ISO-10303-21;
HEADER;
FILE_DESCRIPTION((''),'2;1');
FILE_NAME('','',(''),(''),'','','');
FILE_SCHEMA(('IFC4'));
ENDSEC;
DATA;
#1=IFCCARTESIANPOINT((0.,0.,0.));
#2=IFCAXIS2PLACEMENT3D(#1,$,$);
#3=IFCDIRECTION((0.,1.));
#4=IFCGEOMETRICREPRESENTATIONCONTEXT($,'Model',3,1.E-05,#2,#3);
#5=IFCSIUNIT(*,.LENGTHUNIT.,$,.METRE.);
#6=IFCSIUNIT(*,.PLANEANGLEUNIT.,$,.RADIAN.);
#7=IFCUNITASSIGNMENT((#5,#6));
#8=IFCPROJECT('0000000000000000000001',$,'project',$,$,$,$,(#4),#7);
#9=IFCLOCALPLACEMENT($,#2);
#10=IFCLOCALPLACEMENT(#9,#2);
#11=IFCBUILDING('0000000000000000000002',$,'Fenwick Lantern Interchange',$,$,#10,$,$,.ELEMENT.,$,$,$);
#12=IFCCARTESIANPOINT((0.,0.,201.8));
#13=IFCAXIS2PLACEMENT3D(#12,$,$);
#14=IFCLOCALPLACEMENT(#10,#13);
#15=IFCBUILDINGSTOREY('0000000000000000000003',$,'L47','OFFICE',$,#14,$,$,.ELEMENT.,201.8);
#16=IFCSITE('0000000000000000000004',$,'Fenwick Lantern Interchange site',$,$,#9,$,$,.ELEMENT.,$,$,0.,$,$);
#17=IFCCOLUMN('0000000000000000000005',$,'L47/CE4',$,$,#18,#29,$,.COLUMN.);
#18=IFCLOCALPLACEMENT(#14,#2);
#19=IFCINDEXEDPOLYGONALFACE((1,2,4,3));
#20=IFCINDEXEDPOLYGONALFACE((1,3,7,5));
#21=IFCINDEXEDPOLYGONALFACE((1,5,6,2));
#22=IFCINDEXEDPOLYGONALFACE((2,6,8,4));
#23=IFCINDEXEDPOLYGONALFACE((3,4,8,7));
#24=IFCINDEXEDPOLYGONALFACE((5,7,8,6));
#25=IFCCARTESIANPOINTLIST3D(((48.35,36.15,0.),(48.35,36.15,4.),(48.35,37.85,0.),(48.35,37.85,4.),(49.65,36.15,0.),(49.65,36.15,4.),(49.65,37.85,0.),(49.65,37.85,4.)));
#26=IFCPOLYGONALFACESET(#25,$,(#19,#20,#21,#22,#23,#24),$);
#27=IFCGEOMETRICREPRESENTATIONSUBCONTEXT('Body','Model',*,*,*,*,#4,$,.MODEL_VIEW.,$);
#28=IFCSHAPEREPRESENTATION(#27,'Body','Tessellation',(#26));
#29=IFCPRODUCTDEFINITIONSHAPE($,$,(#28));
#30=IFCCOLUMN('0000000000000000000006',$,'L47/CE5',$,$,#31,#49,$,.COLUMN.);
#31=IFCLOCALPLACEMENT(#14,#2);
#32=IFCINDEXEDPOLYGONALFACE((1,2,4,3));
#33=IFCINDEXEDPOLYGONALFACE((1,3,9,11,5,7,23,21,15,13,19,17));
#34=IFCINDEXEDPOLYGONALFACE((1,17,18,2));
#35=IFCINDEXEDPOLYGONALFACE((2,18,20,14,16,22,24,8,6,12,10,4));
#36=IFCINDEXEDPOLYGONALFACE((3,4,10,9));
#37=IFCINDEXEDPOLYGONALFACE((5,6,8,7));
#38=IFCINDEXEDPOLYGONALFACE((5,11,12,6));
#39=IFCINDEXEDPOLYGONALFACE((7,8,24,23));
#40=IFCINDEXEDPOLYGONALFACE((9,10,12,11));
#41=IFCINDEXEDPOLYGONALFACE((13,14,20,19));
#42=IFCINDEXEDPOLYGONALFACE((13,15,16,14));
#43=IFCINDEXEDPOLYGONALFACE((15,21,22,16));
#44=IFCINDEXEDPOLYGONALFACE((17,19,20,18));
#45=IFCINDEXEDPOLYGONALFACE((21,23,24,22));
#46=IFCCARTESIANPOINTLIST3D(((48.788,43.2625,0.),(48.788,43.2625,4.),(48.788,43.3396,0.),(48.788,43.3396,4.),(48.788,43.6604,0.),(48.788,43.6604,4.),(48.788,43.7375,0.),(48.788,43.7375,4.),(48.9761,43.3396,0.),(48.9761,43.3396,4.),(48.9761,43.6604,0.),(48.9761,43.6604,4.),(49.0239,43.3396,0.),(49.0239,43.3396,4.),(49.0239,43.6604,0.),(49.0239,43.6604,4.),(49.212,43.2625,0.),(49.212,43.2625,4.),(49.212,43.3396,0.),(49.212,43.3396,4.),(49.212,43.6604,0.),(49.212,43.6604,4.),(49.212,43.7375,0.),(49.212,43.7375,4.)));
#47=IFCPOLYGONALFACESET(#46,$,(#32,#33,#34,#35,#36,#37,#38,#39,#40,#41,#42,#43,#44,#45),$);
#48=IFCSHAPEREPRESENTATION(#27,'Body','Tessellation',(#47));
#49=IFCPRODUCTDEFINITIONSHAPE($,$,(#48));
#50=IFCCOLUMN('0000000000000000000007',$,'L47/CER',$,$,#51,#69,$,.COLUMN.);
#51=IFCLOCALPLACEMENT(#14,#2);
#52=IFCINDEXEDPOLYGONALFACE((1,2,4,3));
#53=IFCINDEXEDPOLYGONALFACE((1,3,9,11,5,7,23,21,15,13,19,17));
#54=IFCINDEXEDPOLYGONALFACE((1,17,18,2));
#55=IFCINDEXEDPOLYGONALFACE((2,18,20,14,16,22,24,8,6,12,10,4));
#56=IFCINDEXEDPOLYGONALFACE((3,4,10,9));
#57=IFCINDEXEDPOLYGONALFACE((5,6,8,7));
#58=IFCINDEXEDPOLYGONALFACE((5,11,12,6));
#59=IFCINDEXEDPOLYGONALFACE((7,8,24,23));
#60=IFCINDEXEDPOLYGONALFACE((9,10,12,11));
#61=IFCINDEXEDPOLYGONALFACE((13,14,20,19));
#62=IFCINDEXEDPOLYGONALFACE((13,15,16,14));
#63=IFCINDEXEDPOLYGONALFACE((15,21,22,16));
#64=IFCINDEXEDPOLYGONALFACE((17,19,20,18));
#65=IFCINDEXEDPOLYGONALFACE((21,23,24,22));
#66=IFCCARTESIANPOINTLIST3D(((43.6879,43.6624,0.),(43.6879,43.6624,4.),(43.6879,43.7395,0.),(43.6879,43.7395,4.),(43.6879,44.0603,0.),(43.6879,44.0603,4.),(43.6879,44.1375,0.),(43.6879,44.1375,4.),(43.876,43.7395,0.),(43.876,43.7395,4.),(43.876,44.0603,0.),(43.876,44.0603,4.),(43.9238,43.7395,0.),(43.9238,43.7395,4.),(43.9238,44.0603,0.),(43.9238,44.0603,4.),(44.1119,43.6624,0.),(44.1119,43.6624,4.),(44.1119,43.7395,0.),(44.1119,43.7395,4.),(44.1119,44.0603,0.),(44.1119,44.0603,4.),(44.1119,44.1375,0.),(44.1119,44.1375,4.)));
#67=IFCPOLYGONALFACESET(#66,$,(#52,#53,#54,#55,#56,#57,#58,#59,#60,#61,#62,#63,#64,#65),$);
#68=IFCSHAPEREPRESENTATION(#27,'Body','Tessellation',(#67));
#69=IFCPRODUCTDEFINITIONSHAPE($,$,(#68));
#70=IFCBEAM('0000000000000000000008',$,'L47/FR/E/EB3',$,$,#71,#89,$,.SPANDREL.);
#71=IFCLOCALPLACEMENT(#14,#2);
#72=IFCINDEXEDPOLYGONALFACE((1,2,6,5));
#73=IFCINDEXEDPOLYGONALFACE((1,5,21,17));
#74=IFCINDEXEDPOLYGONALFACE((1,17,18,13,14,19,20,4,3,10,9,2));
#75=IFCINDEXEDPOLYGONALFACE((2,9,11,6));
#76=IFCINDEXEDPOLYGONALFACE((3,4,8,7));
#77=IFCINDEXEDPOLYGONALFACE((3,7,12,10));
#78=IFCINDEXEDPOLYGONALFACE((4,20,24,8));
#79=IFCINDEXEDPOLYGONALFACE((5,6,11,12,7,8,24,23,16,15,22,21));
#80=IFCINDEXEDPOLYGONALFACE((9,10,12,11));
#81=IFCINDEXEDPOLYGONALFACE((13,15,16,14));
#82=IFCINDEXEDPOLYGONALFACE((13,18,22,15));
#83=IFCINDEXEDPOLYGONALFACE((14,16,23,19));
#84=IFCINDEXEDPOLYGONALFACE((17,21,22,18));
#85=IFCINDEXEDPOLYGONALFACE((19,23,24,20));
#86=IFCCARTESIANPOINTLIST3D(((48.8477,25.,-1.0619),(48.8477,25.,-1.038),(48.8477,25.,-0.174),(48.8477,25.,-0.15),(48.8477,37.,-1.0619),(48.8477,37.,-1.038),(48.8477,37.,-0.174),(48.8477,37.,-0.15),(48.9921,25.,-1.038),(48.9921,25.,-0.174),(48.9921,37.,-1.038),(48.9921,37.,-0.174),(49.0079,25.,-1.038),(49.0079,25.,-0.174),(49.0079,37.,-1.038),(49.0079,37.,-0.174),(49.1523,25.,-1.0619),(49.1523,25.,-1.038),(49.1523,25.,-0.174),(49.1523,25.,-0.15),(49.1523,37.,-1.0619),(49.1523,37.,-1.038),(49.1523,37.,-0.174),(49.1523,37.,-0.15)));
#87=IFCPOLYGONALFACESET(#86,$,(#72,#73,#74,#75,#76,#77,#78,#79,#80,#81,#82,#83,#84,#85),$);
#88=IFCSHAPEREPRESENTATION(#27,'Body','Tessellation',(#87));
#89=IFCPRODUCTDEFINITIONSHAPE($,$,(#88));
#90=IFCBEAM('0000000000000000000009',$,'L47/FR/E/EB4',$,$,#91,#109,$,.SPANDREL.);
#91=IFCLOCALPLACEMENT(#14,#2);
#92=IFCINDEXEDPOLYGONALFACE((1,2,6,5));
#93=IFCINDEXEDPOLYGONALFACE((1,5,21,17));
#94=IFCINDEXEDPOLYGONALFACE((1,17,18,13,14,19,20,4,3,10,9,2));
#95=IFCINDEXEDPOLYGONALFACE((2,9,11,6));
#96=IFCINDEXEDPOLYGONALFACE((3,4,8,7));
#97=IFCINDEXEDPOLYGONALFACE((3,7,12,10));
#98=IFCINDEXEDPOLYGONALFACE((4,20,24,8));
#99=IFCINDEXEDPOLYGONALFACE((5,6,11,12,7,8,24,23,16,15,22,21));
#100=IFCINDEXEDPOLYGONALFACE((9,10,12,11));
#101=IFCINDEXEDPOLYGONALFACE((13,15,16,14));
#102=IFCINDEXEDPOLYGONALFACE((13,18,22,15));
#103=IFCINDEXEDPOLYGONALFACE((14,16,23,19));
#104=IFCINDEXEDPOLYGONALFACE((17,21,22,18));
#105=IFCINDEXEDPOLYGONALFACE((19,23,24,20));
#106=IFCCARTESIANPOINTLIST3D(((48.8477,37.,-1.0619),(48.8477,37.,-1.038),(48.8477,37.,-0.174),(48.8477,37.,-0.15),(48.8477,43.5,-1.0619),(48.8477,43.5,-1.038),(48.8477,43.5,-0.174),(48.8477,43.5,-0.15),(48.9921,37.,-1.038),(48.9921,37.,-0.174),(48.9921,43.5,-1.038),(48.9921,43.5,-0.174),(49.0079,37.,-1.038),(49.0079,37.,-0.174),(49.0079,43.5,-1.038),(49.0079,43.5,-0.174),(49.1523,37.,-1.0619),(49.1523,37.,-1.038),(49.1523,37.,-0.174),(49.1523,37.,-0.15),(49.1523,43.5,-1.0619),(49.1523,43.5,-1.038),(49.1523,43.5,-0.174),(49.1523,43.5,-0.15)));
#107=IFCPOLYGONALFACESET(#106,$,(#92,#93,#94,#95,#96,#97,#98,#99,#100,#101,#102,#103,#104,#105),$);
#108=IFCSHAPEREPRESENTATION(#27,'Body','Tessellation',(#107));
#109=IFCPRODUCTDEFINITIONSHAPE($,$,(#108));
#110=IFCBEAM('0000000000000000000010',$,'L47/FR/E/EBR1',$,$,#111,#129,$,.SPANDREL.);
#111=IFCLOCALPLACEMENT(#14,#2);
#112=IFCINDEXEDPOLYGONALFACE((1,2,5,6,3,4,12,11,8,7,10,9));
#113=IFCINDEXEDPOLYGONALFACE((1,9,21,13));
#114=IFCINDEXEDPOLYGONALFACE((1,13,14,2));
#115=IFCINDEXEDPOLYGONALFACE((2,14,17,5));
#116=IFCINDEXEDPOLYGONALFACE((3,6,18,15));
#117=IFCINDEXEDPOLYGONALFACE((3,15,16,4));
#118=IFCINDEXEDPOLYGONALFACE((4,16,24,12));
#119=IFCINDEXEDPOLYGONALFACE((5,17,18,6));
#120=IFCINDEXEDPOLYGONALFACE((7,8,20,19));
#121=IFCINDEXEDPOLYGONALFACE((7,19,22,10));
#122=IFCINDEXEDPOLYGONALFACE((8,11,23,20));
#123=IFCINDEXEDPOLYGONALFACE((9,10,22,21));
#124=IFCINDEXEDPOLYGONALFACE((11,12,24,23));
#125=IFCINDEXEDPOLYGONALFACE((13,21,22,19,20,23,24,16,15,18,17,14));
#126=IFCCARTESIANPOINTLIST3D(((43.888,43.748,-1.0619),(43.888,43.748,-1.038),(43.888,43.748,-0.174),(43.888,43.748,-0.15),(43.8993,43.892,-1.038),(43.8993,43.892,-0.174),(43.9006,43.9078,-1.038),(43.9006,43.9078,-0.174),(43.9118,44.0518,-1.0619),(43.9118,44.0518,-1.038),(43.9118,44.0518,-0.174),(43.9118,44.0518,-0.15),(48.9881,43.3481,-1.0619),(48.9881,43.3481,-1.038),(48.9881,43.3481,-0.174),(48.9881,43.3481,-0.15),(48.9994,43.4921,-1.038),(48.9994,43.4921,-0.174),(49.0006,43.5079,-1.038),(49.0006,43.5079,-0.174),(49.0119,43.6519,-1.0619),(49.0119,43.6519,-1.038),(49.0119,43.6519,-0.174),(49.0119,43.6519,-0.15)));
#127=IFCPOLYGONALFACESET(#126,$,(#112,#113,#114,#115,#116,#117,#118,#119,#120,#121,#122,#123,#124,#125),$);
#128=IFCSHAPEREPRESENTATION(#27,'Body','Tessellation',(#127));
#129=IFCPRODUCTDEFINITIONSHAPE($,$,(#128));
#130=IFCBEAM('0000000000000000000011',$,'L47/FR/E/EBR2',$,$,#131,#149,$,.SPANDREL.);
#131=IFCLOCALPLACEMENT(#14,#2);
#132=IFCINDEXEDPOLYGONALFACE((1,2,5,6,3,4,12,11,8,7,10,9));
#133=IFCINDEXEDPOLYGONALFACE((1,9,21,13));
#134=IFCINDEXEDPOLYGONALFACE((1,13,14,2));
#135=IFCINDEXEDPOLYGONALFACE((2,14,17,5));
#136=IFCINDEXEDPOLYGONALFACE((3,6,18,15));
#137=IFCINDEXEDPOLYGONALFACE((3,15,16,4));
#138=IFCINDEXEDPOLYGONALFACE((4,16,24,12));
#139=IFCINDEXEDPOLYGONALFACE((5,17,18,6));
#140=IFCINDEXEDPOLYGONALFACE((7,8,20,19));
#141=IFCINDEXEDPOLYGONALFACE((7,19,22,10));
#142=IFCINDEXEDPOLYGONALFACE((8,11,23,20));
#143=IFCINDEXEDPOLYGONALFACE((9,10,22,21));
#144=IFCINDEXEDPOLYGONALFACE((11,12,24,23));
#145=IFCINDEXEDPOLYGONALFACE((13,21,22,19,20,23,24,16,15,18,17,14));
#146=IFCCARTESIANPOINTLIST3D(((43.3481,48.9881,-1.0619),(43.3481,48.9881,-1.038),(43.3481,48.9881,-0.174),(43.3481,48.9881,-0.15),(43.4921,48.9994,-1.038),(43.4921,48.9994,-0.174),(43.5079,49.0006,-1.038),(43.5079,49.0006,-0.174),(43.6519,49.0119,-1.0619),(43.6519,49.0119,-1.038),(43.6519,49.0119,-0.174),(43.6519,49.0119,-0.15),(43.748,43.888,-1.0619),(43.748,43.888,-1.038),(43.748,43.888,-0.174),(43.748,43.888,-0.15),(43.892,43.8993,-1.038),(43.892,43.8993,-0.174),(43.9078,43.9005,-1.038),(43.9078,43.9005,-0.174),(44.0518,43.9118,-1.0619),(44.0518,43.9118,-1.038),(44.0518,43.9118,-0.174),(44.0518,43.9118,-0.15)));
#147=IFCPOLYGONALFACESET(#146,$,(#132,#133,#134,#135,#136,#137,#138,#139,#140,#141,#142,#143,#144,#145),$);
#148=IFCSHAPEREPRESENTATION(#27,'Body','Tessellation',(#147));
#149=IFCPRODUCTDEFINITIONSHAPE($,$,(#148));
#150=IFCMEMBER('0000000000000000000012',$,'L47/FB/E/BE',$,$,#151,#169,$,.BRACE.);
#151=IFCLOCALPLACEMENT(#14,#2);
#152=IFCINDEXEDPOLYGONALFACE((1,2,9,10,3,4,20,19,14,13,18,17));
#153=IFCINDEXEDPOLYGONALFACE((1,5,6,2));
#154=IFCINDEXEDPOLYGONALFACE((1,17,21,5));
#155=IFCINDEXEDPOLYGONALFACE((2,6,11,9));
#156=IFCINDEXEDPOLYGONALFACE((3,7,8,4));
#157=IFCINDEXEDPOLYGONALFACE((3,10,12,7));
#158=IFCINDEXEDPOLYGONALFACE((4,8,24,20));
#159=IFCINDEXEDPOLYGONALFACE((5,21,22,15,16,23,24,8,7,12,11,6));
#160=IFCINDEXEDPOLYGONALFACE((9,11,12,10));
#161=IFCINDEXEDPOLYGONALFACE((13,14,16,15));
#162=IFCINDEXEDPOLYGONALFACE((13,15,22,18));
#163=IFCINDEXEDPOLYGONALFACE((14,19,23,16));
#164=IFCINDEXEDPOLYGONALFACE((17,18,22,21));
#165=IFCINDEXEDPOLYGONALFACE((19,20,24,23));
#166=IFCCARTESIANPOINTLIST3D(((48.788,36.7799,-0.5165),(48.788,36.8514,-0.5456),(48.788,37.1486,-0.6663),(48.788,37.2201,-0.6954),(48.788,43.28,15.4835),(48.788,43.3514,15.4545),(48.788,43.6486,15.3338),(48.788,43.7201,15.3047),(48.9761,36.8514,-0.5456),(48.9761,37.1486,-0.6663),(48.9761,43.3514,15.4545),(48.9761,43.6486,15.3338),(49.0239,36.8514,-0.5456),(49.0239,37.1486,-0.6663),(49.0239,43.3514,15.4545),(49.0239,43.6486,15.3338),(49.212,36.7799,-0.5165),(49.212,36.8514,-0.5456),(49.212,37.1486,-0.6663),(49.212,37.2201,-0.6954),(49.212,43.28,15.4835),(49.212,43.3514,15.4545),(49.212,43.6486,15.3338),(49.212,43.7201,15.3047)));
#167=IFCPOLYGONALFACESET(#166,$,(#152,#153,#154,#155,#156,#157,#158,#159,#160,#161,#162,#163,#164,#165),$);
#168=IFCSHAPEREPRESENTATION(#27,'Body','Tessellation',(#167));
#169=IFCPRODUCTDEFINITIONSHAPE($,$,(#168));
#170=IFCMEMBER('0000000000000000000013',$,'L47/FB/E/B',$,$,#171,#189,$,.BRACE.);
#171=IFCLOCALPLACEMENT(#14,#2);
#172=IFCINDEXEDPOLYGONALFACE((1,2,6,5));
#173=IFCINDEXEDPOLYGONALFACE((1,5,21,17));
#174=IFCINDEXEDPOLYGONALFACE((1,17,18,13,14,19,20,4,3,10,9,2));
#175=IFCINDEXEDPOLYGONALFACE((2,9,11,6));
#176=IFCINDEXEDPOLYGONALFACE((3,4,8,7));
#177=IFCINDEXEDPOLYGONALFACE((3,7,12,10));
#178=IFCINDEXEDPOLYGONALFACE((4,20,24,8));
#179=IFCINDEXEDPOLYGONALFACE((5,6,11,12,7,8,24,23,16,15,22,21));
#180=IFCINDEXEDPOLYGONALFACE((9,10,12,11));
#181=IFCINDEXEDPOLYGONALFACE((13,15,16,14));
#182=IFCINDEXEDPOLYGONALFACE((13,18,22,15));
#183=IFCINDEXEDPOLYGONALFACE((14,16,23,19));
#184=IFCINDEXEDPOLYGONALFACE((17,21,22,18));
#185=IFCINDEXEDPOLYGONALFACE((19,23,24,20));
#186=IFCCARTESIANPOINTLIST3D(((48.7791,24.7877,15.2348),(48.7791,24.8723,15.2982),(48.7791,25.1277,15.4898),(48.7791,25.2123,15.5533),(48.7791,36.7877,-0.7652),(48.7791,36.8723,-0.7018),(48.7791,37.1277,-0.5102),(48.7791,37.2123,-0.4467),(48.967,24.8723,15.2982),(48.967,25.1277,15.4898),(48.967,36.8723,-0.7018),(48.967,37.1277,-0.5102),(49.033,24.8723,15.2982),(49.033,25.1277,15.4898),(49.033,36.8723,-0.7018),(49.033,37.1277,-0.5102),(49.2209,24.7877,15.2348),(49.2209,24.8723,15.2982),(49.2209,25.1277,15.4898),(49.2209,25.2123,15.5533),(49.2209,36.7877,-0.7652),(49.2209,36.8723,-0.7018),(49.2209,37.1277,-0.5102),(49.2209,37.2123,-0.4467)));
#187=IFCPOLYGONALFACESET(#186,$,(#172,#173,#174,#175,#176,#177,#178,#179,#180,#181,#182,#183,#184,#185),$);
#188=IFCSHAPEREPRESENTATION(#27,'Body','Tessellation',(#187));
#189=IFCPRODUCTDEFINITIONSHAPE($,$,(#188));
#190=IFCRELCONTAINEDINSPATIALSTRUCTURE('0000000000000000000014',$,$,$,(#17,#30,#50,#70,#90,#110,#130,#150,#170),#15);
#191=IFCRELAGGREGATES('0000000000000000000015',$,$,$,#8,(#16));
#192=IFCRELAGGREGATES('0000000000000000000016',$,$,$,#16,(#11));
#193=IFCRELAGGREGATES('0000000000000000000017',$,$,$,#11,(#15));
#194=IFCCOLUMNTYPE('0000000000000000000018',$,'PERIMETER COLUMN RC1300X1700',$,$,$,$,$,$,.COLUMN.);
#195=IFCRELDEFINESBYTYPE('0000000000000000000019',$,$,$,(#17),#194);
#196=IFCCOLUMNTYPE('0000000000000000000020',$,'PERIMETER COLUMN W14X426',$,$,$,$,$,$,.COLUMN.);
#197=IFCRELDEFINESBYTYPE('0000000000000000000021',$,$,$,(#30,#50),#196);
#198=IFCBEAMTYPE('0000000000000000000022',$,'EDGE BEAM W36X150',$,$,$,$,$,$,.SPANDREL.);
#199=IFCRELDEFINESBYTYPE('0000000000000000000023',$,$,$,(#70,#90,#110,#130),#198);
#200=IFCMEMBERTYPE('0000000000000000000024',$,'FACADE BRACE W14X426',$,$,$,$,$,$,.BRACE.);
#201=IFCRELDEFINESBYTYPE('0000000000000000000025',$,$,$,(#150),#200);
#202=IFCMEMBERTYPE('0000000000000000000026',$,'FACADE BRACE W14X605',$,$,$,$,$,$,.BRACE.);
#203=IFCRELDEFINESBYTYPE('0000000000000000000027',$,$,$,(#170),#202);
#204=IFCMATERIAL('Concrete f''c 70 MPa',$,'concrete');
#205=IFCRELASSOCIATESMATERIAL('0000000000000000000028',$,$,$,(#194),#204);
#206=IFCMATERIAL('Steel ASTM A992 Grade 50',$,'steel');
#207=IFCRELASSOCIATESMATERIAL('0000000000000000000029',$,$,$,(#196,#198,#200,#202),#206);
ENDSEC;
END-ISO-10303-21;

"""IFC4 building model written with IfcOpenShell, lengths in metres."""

from ifc_helpers import new_model, si_unit, direction, frame, origin, origin_2d, place, context, subcontext, project, spatial, rectangle, i_section, extrude, material, material_profile, profile_set, type_object, element, save


model = new_model("IFC4")

# Units and contexts
model_context = context("Model", 3, precision=1e-05, world=origin(), true_north=direction((0.0, 1.0)))
body_context = subcontext(model_context, "Body", "Model", "MODEL_VIEW")
ifc_project = project(units=[si_unit("LENGTHUNIT", "METRE"), si_unit("PLANEANGLEUNIT", "RADIAN")], contexts=[model_context])

# Site, building, storey
site_placement = place(None, origin())
site = spatial("IfcSite", under=ifc_project, at=site_placement, Name="Fenwick Lantern Interchange site", CompositionType="ELEMENT", RefElevation=0.0)
building_placement = place(site_placement, origin())
building = spatial("IfcBuilding", under=site, at=building_placement, Name="Fenwick Lantern Interchange", CompositionType="ELEMENT")
storey_placement = place(building_placement, frame((0.0, 0.0, 201.8)))
storey = spatial("IfcBuildingStorey", under=building, at=storey_placement, Name="L47", Description="OFFICE", CompositionType="ELEMENT", Elevation=201.8)

# Columns
ifc_material_1 = material(Name="Concrete f'c 70 MPa", Category="concrete")
ifc_material_profile_1 = material_profile(ifc_material_1, rectangle(XDim=1.3, YDim=1.7, at=origin_2d()), Name="RC1300X1700")
ifc_profile_set_1 = profile_set([ifc_material_profile_1], Name="Concrete f'c 70 MPa")
column_type_1 = type_object("IfcColumnType", Name="PERIMETER COLUMN RC1300X1700", PredefinedType="COLUMN", material=ifc_profile_set_1)
column_placement = place(storey_placement, frame((49.0, 37.0, 0.0), z_axis=(0.0, 0.0, 1.0), x_axis=(1.0, 0.0, 0.0)))
element("IfcColumn", 1, at=column_placement, inside=storey, type_object=column_type_1, Name="L47/CE4", PredefinedType="COLUMN", context=body_context, shape_type="SweptSolid", body=[
    extrude(rectangle(XDim=1.3, YDim=1.7, at=origin_2d()), origin(), (0.0, 0.0, 1.0), 4.0),
])
ifc_material_2 = material(Name="Steel ASTM A992 Grade 50", Category="steel")
ifc_material_profile_2 = material_profile(ifc_material_2, i_section(OverallWidth=0.4241, OverallDepth=0.4751, WebThickness=0.0479, FlangeThickness=0.0771, at=origin_2d()), Name="W14X426")
ifc_profile_set_2 = profile_set([ifc_material_profile_2], Name="Steel ASTM A992 Grade 50")
column_type_2 = type_object("IfcColumnType", Name="PERIMETER COLUMN W14X426", PredefinedType="COLUMN", material=ifc_profile_set_2)
for number, where, z_axis, x_axis, name in (
    (2, (49.0, 43.5, 0.0), (0.0, 0.0, 1.0), (1.0, 0.0, 0.0), "L47/CE5"),
    (3, (43.8999, 43.8999, 0.0), (0.0, 0.0, 1.0), (1.0, 0.0, 0.0), "L47/CER"),
):
    element("IfcColumn", number, at=place(storey_placement, frame(where, z_axis=z_axis, x_axis=x_axis)), inside=storey, type_object=column_type_2, Name=name, PredefinedType="COLUMN", context=body_context, shape_type="SweptSolid", body=[
        extrude(i_section(OverallWidth=0.4241, OverallDepth=0.4751, WebThickness=0.0479, FlangeThickness=0.0771, at=origin_2d()), origin(), (0.0, 0.0, 1.0), 4.0),
    ])

# Beams
ifc_material_profile_3 = material_profile(ifc_material_2, i_section(OverallWidth=0.3047, OverallDepth=0.9119, WebThickness=0.0159, FlangeThickness=0.0239, at=origin_2d()), Name="W36X150")
ifc_profile_set_3 = profile_set([ifc_material_profile_3], Name="Steel ASTM A992 Grade 50")
beam_type_1 = type_object("IfcBeamType", Name="EDGE BEAM W36X150", PredefinedType="SPANDREL", material=ifc_profile_set_3)
beam_1_placement = place(storey_placement, frame((49.0, 25.0, -0.606), z_axis=(0.0, 1.0, 0.0), x_axis=(-1.0, 0.0, 0.0)))
element("IfcBeam", 4, at=beam_1_placement, inside=storey, type_object=beam_type_1, Name="L47/FR/E/EB3", PredefinedType="SPANDREL", context=body_context, shape_type="SweptSolid", body=[
    extrude(i_section(OverallWidth=0.3047, OverallDepth=0.9119, WebThickness=0.0159, FlangeThickness=0.0239, at=origin_2d()), origin(), (0.0, 0.0, 1.0), 12.0),
])
beam_2_placement = place(storey_placement, frame((49.0, 37.0, -0.606), z_axis=(0.0, 1.0, 0.0), x_axis=(-1.0, 0.0, 0.0)))
element("IfcBeam", 5, at=beam_2_placement, inside=storey, type_object=beam_type_1, Name="L47/FR/E/EB4", PredefinedType="SPANDREL", context=body_context, shape_type="SweptSolid", body=[
    extrude(i_section(OverallWidth=0.3047, OverallDepth=0.9119, WebThickness=0.0159, FlangeThickness=0.0239, at=origin_2d()), origin(), (0.0, 0.0, 1.0), 6.5),
])
for number, where, z_axis, x_axis, name in (
    (6, (49.0, 43.5, -0.606), (-0.99694, 0.078171, 0.0), (-0.078171, -0.99694, 0.0), "L47/FR/E/EBR1"),
    (7, (43.8999, 43.8999, -0.606), (-0.078171, 0.99694, 0.0), (-0.99694, -0.078171, 0.0), "L47/FR/E/EBR2"),
):
    element("IfcBeam", number, at=place(storey_placement, frame(where, z_axis=z_axis, x_axis=x_axis)), inside=storey, type_object=beam_type_1, Name=name, PredefinedType="SPANDREL", context=body_context, shape_type="SweptSolid", body=[
        extrude(i_section(OverallWidth=0.3047, OverallDepth=0.9119, WebThickness=0.0159, FlangeThickness=0.0239, at=origin_2d()), origin(), (0.0, 0.0, 1.0), 5.1157),
    ])

# Members
ifc_material_profile_4 = material_profile(ifc_material_2, i_section(OverallWidth=0.4241, OverallDepth=0.4751, WebThickness=0.0479, FlangeThickness=0.0771, at=origin_2d()), Name="W14X426")
ifc_profile_set_4 = profile_set([ifc_material_profile_4], Name="Steel ASTM A992 Grade 50")
member_type_1 = type_object("IfcMemberType", Name="FACADE BRACE W14X426", PredefinedType="BRACE", material=ifc_profile_set_4)
member_1_placement = place(storey_placement, frame((49.0, 37.0, -0.606), z_axis=(0.0, 0.376377, 0.926467), x_axis=(-1.0, 0.0, 0.0)))
element("IfcMember", 8, at=member_1_placement, inside=storey, type_object=member_type_1, Name="L47/FB/E/BE", PredefinedType="BRACE", context=body_context, shape_type="SweptSolid", body=[
    extrude(i_section(OverallWidth=0.4241, OverallDepth=0.4751, WebThickness=0.0479, FlangeThickness=0.0771, at=origin_2d()), origin(), (0.0, 0.0, 1.0), 17.27),
])
ifc_material_profile_5 = material_profile(ifc_material_2, i_section(OverallWidth=0.4419, OverallDepth=0.5308, WebThickness=0.0659, FlangeThickness=0.1057, at=origin_2d()), Name="W14X605")
ifc_profile_set_5 = profile_set([ifc_material_profile_5], Name="Steel ASTM A992 Grade 50")
member_type_2 = type_object("IfcMemberType", Name="FACADE BRACE W14X605", PredefinedType="BRACE", material=ifc_profile_set_5)
member_2_placement = place(storey_placement, frame((49.0, 37.0, -0.606), z_axis=(0.0, -0.6, 0.8), x_axis=(1.0, 0.0, 0.0)))
element("IfcMember", 9, at=member_2_placement, inside=storey, type_object=member_type_2, Name="L47/FB/E/B", PredefinedType="BRACE", context=body_context, shape_type="SweptSolid", body=[
    extrude(i_section(OverallWidth=0.4419, OverallDepth=0.5308, WebThickness=0.0659, FlangeThickness=0.1057, at=origin_2d()), origin(), (0.0, 0.0, 1.0), 20.0),
])

save(model, "model.ifc")
